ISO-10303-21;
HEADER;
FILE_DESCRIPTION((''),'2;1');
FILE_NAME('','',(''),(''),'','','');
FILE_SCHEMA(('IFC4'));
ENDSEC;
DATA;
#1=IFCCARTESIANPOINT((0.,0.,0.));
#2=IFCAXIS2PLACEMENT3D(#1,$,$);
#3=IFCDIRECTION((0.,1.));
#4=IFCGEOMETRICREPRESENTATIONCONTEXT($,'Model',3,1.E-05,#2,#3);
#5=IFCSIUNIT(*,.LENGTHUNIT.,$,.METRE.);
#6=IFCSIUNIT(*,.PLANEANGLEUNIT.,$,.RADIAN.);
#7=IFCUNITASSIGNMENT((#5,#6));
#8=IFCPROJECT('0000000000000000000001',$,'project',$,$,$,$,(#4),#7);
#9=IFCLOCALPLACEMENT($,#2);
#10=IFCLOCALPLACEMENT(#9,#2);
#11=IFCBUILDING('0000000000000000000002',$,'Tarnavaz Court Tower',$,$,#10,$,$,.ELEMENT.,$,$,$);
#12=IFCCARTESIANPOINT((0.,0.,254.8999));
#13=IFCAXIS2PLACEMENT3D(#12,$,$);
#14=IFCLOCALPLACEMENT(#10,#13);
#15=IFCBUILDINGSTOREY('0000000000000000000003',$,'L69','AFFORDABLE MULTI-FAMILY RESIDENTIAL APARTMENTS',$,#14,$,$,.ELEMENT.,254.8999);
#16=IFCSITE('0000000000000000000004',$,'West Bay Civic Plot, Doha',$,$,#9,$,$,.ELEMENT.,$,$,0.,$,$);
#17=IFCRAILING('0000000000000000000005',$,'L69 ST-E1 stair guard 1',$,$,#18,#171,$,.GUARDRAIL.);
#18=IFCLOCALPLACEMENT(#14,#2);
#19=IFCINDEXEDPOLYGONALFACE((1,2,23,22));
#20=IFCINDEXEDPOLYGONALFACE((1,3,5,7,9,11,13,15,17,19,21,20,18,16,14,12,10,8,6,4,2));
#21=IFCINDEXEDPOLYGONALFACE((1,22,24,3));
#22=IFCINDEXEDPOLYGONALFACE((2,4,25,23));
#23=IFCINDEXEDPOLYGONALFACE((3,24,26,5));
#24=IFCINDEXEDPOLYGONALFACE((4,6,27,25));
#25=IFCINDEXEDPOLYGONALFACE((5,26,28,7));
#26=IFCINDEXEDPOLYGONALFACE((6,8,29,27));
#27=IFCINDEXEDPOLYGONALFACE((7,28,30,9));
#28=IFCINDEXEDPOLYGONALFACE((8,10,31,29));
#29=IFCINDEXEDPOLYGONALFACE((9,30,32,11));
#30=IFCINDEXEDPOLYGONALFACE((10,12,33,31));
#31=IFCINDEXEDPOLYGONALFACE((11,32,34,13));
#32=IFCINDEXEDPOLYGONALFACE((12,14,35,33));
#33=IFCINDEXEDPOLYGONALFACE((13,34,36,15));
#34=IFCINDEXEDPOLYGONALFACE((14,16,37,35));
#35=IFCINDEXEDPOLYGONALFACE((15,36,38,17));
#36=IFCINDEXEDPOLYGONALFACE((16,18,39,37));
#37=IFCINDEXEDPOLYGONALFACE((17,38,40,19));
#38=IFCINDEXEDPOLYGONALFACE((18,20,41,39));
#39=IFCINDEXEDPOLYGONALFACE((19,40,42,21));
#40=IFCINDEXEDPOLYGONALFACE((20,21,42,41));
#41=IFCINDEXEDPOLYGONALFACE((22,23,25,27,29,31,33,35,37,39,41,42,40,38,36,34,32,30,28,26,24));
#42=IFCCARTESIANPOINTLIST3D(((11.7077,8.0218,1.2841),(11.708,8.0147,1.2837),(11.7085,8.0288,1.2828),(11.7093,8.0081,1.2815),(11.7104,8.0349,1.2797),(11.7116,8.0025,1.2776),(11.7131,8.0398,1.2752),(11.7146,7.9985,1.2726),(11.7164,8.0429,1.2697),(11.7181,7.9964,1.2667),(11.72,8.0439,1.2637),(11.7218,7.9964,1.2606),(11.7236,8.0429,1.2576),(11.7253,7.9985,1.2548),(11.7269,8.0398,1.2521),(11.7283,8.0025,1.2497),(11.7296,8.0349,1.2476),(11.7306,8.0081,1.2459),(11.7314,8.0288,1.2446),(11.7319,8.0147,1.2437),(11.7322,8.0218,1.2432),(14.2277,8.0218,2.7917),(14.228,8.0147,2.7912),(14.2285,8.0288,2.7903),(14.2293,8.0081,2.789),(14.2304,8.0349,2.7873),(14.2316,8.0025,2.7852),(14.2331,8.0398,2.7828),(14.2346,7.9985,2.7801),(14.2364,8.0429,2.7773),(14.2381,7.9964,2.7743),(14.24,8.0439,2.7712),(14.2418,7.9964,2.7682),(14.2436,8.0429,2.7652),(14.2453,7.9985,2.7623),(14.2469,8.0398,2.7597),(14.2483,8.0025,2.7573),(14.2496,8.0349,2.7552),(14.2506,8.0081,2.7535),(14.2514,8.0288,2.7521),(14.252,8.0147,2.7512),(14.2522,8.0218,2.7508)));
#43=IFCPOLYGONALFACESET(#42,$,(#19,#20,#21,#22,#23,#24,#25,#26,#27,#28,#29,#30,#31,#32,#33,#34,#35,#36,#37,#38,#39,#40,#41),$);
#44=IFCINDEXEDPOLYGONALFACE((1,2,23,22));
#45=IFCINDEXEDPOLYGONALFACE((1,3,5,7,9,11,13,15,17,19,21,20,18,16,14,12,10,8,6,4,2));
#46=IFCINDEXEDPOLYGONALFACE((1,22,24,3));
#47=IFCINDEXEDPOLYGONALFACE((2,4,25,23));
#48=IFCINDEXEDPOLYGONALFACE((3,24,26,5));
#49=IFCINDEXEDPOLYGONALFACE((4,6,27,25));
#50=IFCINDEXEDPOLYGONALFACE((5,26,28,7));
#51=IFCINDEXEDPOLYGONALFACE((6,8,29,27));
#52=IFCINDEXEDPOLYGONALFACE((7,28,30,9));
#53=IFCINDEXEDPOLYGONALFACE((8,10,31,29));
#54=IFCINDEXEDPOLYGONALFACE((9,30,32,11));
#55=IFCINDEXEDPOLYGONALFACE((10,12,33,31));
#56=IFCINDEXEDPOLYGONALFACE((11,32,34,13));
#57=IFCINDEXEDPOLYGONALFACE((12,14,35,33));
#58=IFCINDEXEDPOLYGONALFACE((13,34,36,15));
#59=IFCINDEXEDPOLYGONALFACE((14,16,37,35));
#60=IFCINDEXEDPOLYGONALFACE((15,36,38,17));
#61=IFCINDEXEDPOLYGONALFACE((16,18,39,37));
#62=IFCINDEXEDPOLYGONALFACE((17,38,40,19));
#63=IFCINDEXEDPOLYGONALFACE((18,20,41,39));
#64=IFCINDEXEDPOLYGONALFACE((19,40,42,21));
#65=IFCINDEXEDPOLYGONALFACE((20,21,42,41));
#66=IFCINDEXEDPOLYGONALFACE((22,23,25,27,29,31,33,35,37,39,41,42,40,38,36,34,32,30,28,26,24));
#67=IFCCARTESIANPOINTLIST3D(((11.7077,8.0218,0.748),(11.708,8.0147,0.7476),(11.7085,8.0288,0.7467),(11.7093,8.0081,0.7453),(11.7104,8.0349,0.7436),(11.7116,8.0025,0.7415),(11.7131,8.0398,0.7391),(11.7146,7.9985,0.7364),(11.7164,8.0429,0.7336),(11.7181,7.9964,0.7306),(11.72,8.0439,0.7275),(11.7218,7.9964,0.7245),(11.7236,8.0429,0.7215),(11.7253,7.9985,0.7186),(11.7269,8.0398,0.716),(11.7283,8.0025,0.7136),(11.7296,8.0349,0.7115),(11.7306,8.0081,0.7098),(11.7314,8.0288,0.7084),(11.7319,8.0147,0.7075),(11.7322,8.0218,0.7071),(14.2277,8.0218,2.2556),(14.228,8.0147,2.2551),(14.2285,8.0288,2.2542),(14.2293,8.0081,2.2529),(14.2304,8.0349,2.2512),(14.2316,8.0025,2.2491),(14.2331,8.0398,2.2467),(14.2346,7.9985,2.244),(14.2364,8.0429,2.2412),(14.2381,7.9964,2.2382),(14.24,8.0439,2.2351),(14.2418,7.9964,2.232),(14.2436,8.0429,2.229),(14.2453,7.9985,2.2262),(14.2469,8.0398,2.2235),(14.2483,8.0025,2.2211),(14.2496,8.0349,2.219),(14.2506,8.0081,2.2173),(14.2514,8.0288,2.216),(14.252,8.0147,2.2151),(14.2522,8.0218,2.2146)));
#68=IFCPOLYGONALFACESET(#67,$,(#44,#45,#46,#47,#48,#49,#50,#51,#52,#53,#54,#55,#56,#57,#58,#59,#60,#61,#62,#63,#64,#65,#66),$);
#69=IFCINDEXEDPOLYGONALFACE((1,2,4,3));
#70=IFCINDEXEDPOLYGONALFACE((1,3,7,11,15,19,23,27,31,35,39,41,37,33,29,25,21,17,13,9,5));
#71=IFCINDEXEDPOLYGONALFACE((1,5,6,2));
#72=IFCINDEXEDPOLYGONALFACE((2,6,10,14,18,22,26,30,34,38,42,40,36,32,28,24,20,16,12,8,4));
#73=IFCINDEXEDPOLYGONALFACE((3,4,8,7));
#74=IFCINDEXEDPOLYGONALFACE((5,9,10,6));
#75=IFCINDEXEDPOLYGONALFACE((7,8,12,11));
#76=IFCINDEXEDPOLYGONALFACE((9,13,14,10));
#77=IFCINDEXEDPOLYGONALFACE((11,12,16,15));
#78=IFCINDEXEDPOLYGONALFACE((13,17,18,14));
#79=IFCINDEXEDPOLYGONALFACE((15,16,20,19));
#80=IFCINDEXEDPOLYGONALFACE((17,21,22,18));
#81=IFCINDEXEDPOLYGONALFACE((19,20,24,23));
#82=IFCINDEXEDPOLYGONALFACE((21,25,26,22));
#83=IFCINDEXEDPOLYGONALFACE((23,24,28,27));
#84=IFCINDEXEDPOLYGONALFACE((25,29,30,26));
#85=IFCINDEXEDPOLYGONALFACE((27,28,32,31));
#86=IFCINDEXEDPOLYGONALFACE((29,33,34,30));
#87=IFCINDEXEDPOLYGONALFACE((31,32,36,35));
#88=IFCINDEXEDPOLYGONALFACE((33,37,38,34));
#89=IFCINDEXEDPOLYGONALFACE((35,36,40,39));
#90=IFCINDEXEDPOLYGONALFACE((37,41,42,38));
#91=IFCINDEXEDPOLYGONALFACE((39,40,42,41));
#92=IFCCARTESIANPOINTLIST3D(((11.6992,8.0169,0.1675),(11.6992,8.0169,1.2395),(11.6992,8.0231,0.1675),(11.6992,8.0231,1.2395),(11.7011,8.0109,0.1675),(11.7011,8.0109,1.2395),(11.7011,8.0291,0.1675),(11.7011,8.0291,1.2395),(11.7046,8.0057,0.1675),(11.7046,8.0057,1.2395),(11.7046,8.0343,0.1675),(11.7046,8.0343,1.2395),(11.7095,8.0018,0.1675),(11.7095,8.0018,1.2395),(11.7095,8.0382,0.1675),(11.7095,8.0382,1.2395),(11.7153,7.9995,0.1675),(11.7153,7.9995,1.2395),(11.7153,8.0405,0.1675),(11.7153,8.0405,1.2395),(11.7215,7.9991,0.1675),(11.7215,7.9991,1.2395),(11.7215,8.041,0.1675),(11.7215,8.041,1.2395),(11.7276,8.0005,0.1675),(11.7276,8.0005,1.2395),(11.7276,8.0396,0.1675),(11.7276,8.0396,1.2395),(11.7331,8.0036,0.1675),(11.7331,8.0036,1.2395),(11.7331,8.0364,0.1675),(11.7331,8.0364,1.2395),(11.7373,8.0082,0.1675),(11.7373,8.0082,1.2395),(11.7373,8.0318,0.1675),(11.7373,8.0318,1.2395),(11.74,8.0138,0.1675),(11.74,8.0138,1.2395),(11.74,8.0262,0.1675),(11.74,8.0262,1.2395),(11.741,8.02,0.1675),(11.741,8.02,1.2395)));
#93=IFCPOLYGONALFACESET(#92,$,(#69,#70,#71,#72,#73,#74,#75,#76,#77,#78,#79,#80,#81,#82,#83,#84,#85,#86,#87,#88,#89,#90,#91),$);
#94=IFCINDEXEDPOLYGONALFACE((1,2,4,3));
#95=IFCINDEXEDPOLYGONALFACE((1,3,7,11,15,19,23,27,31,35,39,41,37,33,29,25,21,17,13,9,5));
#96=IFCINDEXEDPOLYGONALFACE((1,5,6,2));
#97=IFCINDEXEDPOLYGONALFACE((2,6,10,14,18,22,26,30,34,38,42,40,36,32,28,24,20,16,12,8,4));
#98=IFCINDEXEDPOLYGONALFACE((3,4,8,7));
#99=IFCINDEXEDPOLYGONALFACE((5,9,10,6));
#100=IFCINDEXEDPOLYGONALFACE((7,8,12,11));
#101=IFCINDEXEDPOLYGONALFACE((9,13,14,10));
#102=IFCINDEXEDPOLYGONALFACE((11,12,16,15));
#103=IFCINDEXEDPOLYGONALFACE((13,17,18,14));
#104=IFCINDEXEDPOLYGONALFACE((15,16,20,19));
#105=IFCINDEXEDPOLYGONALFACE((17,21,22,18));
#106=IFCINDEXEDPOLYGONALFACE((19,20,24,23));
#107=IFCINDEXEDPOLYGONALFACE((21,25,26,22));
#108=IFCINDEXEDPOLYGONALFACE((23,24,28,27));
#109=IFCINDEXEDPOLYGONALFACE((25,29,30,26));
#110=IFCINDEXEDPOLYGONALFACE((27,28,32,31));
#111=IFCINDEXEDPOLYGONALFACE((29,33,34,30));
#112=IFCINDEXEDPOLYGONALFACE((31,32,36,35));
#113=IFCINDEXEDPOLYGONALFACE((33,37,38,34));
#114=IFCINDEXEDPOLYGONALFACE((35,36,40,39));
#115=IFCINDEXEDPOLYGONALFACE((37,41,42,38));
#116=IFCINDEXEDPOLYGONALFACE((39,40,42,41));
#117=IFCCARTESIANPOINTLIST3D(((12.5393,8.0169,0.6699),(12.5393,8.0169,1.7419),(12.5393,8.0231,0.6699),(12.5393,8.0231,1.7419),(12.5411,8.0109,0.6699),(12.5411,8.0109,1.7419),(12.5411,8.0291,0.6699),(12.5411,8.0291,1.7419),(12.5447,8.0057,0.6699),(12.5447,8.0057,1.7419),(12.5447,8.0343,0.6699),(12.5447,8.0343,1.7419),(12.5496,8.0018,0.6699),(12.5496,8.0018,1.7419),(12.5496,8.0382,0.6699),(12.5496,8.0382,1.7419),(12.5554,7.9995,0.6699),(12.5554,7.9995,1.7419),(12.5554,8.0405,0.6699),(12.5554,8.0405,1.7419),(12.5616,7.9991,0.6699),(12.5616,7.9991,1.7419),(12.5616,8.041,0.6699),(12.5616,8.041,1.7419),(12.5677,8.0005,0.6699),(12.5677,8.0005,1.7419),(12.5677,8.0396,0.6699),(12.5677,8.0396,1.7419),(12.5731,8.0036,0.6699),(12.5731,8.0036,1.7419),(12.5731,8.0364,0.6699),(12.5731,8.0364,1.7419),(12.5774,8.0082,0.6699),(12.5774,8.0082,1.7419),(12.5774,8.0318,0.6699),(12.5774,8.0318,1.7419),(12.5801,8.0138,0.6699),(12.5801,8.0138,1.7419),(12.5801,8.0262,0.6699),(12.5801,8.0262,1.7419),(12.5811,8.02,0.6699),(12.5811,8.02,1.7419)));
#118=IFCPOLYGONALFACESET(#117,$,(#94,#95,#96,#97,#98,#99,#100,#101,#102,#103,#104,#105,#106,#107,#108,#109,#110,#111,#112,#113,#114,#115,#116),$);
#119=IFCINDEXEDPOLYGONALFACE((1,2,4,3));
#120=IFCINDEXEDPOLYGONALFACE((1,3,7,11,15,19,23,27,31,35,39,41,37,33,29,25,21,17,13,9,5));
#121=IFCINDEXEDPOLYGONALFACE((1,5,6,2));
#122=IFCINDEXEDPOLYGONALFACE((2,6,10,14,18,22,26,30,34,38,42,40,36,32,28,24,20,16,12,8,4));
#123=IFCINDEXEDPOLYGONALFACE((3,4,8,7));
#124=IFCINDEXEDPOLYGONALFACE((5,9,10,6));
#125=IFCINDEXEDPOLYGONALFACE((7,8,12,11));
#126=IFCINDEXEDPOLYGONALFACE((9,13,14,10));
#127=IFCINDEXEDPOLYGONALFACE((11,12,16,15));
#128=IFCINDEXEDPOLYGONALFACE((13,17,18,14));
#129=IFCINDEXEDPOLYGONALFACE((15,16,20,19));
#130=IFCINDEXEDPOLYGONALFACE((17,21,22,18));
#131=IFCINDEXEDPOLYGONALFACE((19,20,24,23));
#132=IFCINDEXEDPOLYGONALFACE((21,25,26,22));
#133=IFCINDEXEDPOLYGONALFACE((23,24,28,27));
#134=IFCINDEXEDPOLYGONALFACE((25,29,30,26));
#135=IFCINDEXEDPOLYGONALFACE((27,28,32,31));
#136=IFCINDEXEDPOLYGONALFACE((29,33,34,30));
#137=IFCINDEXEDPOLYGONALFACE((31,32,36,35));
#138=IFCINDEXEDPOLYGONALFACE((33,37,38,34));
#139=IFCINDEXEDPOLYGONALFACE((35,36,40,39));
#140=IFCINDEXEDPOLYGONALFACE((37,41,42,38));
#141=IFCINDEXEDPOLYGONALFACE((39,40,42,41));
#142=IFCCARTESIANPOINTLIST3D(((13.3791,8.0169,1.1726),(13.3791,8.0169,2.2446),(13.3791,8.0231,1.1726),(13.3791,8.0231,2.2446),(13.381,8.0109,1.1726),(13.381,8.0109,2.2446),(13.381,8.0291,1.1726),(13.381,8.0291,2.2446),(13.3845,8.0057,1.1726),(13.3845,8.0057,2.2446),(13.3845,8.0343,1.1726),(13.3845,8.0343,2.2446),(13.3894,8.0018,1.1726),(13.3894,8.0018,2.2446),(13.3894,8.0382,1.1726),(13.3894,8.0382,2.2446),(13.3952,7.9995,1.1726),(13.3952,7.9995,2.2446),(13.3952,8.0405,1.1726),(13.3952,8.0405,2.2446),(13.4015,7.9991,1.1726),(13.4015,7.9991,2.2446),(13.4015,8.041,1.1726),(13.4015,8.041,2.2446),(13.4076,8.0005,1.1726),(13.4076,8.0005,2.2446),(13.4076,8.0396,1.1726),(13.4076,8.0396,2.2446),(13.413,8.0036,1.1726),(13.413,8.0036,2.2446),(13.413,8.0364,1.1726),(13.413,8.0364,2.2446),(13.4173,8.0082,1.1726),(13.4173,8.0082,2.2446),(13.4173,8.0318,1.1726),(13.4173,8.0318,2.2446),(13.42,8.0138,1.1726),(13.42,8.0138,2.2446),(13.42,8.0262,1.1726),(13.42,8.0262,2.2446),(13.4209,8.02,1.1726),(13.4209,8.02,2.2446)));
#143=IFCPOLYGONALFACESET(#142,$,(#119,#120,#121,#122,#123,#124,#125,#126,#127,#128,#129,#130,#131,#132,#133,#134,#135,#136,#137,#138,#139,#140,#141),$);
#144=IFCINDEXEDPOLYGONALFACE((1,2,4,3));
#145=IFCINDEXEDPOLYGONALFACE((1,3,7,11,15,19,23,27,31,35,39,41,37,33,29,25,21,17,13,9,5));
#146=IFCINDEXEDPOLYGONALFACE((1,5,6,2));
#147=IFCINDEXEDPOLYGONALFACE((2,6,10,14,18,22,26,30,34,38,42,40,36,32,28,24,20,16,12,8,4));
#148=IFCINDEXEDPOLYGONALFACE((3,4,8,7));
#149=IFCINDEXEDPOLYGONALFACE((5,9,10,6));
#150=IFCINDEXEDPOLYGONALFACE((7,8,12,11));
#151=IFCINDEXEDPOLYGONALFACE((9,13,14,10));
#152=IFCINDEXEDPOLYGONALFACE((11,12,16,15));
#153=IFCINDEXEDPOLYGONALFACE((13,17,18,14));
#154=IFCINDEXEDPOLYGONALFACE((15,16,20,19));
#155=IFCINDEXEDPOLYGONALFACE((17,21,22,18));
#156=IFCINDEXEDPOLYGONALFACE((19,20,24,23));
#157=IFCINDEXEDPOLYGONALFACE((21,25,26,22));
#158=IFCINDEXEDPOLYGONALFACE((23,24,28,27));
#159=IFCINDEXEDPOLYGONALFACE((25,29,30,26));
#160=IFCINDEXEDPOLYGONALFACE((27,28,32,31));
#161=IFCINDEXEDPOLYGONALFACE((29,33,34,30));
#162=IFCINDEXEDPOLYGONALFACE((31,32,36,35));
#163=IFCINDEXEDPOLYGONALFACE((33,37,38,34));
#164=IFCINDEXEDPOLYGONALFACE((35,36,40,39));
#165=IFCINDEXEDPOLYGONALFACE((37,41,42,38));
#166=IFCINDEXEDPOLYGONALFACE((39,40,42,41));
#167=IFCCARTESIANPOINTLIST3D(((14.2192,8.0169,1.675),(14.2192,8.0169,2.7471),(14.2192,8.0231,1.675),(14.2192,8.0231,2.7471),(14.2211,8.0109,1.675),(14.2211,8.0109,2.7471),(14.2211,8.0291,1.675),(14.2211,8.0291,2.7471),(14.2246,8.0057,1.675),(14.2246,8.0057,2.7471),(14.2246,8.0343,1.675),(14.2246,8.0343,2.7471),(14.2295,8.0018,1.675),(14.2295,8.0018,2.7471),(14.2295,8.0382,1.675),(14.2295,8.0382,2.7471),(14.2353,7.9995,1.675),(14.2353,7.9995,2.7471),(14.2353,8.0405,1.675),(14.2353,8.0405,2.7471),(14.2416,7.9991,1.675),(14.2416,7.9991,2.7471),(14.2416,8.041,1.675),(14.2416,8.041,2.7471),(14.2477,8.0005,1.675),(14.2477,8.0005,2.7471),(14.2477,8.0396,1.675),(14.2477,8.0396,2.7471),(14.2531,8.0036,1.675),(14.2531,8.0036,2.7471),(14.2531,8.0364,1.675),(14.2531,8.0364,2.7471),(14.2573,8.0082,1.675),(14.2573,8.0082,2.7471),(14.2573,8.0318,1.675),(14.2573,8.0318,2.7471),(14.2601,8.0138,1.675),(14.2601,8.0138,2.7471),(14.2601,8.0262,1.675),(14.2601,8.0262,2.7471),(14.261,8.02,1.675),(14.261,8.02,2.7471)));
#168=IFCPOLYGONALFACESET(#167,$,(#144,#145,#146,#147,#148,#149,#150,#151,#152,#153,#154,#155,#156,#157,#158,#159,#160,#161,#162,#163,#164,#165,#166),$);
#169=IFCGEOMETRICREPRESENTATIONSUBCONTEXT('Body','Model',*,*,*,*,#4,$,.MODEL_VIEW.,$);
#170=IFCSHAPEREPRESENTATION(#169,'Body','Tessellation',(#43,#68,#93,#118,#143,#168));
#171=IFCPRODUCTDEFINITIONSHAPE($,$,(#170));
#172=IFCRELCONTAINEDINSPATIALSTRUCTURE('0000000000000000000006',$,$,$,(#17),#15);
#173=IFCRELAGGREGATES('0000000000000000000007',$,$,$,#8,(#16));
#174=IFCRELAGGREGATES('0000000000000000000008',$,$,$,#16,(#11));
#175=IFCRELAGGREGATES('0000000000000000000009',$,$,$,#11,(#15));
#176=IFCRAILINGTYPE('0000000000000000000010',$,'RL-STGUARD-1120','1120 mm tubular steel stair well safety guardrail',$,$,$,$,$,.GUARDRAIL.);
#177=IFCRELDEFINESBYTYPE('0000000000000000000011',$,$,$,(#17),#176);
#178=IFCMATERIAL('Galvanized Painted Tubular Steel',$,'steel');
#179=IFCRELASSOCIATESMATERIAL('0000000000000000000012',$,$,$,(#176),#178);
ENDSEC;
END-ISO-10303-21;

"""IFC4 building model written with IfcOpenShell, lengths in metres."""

from ifc_helpers import new_model, si_unit, direction, frame, origin, origin_2d, place, context, subcontext, project, spatial, circle, extrude, material, type_object, element, save


model = new_model("IFC4")

# Units and contexts
model_context = context("Model", 3, precision=1e-05, world=origin(), true_north=direction((0.0, 1.0)))
body_context = subcontext(model_context, "Body", "Model", "MODEL_VIEW")
ifc_project = project(units=[si_unit("LENGTHUNIT", "METRE"), si_unit("PLANEANGLEUNIT", "RADIAN")], contexts=[model_context])

# Site, building, storey
site_placement = place(None, origin())
site = spatial("IfcSite", under=ifc_project, at=site_placement, Name="West Bay Civic Plot, Doha", CompositionType="ELEMENT", RefElevation=0.0)
building_placement = place(site_placement, origin())
building = spatial("IfcBuilding", under=site, at=building_placement, Name="Tarnavaz Court Tower", CompositionType="ELEMENT")
storey_placement = place(building_placement, frame((0.0, 0.0, 254.8999)))
storey = spatial("IfcBuildingStorey", under=building, at=storey_placement, Name="L69", Description="AFFORDABLE MULTI-FAMILY RESIDENTIAL APARTMENTS", CompositionType="ELEMENT", Elevation=254.8999)

# Railing
ifc_material_1 = material(Name="Galvanized Painted Tubular Steel", Category="steel")
railing_type_1 = type_object("IfcRailingType", Name="RL-STGUARD-1120", Description="1120 mm tubular steel stair well safety guardrail", PredefinedType="GUARDRAIL", material=ifc_material_1)
railing_1_placement = place(storey_placement, frame((11.72, 8.02, 0.1675)))
element("IfcRailing", 1, at=railing_1_placement, inside=storey, type_object=railing_type_1, Name="L69 ST-E1 stair guard 1", PredefinedType="GUARDRAIL", context=body_context, shape_type="SweptSolid", body=[
    extrude(circle(Radius=0.0239, at=origin_2d()), frame((0.0, 0.0, 1.0962), z_axis=(0.85816, 0.0, 0.513383), x_axis=(0.0, 1.0, 0.0)), (0.0, 0.0, 1.0), 2.9365),
    extrude(circle(Radius=0.0239, at=origin_2d()), frame((0.0, 0.0, 0.5601), z_axis=(0.85816, 0.0, 0.513383), x_axis=(0.0, 1.0, 0.0)), (0.0, 0.0, 1.0), 2.9365),
    extrude(circle(Radius=0.021, at=origin_2d()), origin(), (0.0, 0.0, 1.0), 1.072),
    extrude(circle(Radius=0.021, at=origin_2d()), frame((0.8401, 0.0, 0.5024)), (0.0, 0.0, 1.0), 1.072),
    extrude(circle(Radius=0.021, at=origin_2d()), frame((1.6799, 0.0, 1.0051)), (0.0, 0.0, 1.0), 1.072),
    extrude(circle(Radius=0.021, at=origin_2d()), frame((2.52, 0.0, 1.5076)), (0.0, 0.0, 1.0), 1.072),
])

save(model, "model.ifc")
